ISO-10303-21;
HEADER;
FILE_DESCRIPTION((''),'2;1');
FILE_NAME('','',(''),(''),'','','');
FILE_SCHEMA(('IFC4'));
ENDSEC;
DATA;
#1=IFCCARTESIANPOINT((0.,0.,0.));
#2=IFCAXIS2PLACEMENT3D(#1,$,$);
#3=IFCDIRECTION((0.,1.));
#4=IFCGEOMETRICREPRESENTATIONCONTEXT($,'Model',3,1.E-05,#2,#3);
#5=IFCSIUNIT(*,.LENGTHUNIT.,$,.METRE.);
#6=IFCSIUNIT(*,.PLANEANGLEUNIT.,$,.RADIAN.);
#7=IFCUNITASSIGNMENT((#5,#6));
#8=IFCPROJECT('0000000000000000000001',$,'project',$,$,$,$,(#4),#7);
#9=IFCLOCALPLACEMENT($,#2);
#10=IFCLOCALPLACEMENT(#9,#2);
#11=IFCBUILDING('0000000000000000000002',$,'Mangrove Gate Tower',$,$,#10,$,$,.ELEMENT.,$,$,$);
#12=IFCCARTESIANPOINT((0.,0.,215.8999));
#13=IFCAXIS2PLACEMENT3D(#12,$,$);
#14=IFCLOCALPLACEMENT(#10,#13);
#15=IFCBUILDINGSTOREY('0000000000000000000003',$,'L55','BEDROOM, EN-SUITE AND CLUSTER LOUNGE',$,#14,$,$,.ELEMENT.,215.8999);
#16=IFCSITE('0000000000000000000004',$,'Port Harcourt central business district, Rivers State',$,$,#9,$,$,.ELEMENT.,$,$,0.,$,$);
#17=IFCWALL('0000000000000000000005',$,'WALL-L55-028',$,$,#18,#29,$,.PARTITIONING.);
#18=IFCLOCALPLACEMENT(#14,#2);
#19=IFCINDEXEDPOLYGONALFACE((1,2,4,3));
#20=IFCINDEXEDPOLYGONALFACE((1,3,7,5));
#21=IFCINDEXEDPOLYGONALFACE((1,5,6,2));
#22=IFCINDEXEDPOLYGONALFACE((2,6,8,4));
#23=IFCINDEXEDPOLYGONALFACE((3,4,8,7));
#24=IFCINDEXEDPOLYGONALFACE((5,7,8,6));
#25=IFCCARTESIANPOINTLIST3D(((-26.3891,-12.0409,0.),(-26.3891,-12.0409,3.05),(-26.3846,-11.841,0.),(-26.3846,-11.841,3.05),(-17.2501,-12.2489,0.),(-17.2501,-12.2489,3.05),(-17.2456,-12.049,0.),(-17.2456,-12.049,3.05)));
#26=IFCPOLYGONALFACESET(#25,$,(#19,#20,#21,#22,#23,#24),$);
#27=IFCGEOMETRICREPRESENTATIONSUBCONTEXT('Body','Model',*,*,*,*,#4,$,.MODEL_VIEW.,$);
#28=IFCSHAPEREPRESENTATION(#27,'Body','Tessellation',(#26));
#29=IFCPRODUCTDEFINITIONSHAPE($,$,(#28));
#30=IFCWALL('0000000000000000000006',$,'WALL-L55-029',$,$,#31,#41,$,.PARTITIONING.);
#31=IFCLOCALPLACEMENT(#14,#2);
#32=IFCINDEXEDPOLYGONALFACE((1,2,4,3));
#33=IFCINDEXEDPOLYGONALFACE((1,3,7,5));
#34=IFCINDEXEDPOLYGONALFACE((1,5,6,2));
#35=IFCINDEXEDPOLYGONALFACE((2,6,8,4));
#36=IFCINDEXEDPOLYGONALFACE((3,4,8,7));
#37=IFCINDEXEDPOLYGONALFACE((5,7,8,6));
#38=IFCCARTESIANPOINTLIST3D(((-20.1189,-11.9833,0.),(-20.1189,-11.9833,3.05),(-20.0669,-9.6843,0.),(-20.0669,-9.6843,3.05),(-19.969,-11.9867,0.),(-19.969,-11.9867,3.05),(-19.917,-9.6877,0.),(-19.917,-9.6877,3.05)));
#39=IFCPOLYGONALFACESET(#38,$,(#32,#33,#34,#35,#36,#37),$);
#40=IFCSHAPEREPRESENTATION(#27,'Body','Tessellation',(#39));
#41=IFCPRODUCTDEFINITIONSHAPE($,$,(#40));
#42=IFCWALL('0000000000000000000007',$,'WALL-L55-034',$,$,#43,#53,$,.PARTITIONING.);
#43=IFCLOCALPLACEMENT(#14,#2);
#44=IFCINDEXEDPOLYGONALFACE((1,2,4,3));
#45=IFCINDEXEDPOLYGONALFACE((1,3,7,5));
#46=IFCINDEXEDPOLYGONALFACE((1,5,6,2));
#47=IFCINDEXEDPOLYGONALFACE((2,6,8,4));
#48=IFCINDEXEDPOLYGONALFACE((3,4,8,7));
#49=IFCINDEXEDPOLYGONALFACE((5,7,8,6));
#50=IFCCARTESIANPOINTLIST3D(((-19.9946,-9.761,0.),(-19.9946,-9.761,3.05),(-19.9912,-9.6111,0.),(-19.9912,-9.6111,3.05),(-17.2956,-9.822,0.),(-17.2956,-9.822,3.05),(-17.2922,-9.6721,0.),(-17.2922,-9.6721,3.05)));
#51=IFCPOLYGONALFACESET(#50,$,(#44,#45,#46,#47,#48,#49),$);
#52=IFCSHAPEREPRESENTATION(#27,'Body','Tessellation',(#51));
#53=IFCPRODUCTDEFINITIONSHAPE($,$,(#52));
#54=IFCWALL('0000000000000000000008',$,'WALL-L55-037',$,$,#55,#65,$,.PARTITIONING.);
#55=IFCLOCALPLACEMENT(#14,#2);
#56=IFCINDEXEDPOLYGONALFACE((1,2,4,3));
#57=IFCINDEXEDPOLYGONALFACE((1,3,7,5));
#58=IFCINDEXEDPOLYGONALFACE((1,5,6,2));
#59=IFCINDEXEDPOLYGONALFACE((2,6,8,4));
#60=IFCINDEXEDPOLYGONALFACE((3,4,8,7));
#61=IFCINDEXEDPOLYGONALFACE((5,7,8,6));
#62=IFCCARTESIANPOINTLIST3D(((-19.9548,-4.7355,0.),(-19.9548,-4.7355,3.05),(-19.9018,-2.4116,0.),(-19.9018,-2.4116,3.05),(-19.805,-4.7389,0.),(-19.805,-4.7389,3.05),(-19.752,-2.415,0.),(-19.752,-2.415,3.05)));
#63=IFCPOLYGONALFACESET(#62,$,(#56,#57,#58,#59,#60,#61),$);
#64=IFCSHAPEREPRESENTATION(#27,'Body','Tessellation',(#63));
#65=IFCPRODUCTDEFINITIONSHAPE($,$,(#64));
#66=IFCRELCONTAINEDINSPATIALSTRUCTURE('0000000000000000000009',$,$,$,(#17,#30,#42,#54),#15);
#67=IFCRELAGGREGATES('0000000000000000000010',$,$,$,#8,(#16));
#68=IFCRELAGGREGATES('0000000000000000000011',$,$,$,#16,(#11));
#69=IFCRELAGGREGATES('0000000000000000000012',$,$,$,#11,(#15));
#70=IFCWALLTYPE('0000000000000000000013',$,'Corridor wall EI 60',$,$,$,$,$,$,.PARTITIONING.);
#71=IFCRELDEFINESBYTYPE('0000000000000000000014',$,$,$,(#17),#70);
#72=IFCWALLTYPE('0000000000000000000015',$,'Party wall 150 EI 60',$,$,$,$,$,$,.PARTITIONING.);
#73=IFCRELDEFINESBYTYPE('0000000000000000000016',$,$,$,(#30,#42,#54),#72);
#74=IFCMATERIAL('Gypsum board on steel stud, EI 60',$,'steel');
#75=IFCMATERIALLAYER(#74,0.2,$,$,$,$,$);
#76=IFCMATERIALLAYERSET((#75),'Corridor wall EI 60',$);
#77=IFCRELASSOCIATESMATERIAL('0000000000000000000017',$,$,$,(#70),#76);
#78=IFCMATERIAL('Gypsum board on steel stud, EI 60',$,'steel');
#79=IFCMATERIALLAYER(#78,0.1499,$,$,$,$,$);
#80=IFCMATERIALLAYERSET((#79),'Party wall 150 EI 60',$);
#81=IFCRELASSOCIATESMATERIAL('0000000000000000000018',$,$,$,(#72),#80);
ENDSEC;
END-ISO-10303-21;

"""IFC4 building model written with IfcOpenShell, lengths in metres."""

from ifc_helpers import new_model, si_unit, direction, frame, frame_2d, origin, place, context, subcontext, project, spatial, rectangle, extrude, material, layer, layer_set, type_object, element, save


model = new_model("IFC4")

# Units and contexts
model_context = context("Model", 3, precision=1e-05, world=origin(), true_north=direction((0.0, 1.0)))
body_context = subcontext(model_context, "Body", "Model", "MODEL_VIEW")
ifc_project = project(units=[si_unit("LENGTHUNIT", "METRE"), si_unit("PLANEANGLEUNIT", "RADIAN")], contexts=[model_context])

# Site, building, storey
site_placement = place(None, origin())
site = spatial("IfcSite", under=ifc_project, at=site_placement, Name="Port Harcourt central business district, Rivers State", CompositionType="ELEMENT", RefElevation=0.0)
building_placement = place(site_placement, origin())
building = spatial("IfcBuilding", under=site, at=building_placement, Name="Mangrove Gate Tower", CompositionType="ELEMENT")
storey_placement = place(building_placement, frame((0.0, 0.0, 215.8999)))
storey = spatial("IfcBuildingStorey", under=building, at=storey_placement, Name="L55", Description="BEDROOM, EN-SUITE AND CLUSTER LOUNGE", CompositionType="ELEMENT", Elevation=215.8999)

# Walls
ifc_material_1 = material(Name="Gypsum board on steel stud, EI 60", Category="steel")
ifc_layer_1 = layer(ifc_material_1, 0.2)
ifc_layer_set_1 = layer_set([ifc_layer_1], Name="Corridor wall EI 60")
wall_type_1 = type_object("IfcWallType", Name="Corridor wall EI 60", PredefinedType="PARTITIONING", material=ifc_layer_set_1)
wall_1_placement = place(storey_placement, frame((-26.387, -11.9409, 0.0), z_axis=(0.0, 0.0, 1.0), x_axis=(0.999741, -0.022755, 0.0)))
element("IfcWall", 1, at=wall_1_placement, inside=storey, type_object=wall_type_1, Name="WALL-L55-028", PredefinedType="PARTITIONING", context=body_context, shape_type="SweptSolid", body=[
    extrude(rectangle(XDim=9.1414, YDim=0.2, at=frame_2d((4.5708, 0.0))), origin(), (0.0, 0.0, 1.0), 3.05),
])
ifc_material_2 = material(Name="Gypsum board on steel stud, EI 60", Category="steel")
ifc_layer_2 = layer(ifc_material_2, 0.1499)
ifc_layer_set_2 = layer_set([ifc_layer_2], Name="Party wall 150 EI 60")
wall_type_2 = type_object("IfcWallType", Name="Party wall 150 EI 60", PredefinedType="PARTITIONING", material=ifc_layer_set_2)
wall_2_placement = place(storey_placement, frame((-20.0439, -11.9851, 0.0), z_axis=(0.0, 0.0, 1.0), x_axis=(0.022613, 0.999744, 0.0)))
element("IfcWall", 2, at=wall_2_placement, inside=storey, type_object=wall_type_2, Name="WALL-L55-029", PredefinedType="PARTITIONING", context=body_context, shape_type="SweptSolid", body=[
    extrude(rectangle(XDim=2.2996, YDim=0.1499, at=frame_2d((1.1499, 0.0))), origin(), (0.0, 0.0, 1.0), 3.05),
])
wall_3_placement = place(storey_placement, frame((-19.9929, -9.686, 0.0), z_axis=(0.0, 0.0, 1.0), x_axis=(0.999744, -0.022608, 0.0)))
element("IfcWall", 3, at=wall_3_placement, inside=storey, type_object=wall_type_2, Name="WALL-L55-034", PredefinedType="PARTITIONING", context=body_context, shape_type="SweptSolid", body=[
    extrude(rectangle(XDim=2.6997, YDim=0.1499, at=frame_2d((1.3499, 0.0))), origin(), (0.0, 0.0, 1.0), 3.05),
])
wall_4_placement = place(storey_placement, frame((-19.8799, -4.7371, 0.0), z_axis=(0.0, 0.0, 1.0), x_axis=(0.022791, 0.99974, 0.0)))
element("IfcWall", 4, at=wall_4_placement, inside=storey, type_object=wall_type_2, Name="WALL-L55-037", PredefinedType="PARTITIONING", context=body_context, shape_type="SweptSolid", body=[
    extrude(rectangle(XDim=2.3245, YDim=0.1499, at=frame_2d((1.1621, 0.0))), origin(), (0.0, 0.0, 1.0), 3.05),
])

save(model, "model.ifc")
